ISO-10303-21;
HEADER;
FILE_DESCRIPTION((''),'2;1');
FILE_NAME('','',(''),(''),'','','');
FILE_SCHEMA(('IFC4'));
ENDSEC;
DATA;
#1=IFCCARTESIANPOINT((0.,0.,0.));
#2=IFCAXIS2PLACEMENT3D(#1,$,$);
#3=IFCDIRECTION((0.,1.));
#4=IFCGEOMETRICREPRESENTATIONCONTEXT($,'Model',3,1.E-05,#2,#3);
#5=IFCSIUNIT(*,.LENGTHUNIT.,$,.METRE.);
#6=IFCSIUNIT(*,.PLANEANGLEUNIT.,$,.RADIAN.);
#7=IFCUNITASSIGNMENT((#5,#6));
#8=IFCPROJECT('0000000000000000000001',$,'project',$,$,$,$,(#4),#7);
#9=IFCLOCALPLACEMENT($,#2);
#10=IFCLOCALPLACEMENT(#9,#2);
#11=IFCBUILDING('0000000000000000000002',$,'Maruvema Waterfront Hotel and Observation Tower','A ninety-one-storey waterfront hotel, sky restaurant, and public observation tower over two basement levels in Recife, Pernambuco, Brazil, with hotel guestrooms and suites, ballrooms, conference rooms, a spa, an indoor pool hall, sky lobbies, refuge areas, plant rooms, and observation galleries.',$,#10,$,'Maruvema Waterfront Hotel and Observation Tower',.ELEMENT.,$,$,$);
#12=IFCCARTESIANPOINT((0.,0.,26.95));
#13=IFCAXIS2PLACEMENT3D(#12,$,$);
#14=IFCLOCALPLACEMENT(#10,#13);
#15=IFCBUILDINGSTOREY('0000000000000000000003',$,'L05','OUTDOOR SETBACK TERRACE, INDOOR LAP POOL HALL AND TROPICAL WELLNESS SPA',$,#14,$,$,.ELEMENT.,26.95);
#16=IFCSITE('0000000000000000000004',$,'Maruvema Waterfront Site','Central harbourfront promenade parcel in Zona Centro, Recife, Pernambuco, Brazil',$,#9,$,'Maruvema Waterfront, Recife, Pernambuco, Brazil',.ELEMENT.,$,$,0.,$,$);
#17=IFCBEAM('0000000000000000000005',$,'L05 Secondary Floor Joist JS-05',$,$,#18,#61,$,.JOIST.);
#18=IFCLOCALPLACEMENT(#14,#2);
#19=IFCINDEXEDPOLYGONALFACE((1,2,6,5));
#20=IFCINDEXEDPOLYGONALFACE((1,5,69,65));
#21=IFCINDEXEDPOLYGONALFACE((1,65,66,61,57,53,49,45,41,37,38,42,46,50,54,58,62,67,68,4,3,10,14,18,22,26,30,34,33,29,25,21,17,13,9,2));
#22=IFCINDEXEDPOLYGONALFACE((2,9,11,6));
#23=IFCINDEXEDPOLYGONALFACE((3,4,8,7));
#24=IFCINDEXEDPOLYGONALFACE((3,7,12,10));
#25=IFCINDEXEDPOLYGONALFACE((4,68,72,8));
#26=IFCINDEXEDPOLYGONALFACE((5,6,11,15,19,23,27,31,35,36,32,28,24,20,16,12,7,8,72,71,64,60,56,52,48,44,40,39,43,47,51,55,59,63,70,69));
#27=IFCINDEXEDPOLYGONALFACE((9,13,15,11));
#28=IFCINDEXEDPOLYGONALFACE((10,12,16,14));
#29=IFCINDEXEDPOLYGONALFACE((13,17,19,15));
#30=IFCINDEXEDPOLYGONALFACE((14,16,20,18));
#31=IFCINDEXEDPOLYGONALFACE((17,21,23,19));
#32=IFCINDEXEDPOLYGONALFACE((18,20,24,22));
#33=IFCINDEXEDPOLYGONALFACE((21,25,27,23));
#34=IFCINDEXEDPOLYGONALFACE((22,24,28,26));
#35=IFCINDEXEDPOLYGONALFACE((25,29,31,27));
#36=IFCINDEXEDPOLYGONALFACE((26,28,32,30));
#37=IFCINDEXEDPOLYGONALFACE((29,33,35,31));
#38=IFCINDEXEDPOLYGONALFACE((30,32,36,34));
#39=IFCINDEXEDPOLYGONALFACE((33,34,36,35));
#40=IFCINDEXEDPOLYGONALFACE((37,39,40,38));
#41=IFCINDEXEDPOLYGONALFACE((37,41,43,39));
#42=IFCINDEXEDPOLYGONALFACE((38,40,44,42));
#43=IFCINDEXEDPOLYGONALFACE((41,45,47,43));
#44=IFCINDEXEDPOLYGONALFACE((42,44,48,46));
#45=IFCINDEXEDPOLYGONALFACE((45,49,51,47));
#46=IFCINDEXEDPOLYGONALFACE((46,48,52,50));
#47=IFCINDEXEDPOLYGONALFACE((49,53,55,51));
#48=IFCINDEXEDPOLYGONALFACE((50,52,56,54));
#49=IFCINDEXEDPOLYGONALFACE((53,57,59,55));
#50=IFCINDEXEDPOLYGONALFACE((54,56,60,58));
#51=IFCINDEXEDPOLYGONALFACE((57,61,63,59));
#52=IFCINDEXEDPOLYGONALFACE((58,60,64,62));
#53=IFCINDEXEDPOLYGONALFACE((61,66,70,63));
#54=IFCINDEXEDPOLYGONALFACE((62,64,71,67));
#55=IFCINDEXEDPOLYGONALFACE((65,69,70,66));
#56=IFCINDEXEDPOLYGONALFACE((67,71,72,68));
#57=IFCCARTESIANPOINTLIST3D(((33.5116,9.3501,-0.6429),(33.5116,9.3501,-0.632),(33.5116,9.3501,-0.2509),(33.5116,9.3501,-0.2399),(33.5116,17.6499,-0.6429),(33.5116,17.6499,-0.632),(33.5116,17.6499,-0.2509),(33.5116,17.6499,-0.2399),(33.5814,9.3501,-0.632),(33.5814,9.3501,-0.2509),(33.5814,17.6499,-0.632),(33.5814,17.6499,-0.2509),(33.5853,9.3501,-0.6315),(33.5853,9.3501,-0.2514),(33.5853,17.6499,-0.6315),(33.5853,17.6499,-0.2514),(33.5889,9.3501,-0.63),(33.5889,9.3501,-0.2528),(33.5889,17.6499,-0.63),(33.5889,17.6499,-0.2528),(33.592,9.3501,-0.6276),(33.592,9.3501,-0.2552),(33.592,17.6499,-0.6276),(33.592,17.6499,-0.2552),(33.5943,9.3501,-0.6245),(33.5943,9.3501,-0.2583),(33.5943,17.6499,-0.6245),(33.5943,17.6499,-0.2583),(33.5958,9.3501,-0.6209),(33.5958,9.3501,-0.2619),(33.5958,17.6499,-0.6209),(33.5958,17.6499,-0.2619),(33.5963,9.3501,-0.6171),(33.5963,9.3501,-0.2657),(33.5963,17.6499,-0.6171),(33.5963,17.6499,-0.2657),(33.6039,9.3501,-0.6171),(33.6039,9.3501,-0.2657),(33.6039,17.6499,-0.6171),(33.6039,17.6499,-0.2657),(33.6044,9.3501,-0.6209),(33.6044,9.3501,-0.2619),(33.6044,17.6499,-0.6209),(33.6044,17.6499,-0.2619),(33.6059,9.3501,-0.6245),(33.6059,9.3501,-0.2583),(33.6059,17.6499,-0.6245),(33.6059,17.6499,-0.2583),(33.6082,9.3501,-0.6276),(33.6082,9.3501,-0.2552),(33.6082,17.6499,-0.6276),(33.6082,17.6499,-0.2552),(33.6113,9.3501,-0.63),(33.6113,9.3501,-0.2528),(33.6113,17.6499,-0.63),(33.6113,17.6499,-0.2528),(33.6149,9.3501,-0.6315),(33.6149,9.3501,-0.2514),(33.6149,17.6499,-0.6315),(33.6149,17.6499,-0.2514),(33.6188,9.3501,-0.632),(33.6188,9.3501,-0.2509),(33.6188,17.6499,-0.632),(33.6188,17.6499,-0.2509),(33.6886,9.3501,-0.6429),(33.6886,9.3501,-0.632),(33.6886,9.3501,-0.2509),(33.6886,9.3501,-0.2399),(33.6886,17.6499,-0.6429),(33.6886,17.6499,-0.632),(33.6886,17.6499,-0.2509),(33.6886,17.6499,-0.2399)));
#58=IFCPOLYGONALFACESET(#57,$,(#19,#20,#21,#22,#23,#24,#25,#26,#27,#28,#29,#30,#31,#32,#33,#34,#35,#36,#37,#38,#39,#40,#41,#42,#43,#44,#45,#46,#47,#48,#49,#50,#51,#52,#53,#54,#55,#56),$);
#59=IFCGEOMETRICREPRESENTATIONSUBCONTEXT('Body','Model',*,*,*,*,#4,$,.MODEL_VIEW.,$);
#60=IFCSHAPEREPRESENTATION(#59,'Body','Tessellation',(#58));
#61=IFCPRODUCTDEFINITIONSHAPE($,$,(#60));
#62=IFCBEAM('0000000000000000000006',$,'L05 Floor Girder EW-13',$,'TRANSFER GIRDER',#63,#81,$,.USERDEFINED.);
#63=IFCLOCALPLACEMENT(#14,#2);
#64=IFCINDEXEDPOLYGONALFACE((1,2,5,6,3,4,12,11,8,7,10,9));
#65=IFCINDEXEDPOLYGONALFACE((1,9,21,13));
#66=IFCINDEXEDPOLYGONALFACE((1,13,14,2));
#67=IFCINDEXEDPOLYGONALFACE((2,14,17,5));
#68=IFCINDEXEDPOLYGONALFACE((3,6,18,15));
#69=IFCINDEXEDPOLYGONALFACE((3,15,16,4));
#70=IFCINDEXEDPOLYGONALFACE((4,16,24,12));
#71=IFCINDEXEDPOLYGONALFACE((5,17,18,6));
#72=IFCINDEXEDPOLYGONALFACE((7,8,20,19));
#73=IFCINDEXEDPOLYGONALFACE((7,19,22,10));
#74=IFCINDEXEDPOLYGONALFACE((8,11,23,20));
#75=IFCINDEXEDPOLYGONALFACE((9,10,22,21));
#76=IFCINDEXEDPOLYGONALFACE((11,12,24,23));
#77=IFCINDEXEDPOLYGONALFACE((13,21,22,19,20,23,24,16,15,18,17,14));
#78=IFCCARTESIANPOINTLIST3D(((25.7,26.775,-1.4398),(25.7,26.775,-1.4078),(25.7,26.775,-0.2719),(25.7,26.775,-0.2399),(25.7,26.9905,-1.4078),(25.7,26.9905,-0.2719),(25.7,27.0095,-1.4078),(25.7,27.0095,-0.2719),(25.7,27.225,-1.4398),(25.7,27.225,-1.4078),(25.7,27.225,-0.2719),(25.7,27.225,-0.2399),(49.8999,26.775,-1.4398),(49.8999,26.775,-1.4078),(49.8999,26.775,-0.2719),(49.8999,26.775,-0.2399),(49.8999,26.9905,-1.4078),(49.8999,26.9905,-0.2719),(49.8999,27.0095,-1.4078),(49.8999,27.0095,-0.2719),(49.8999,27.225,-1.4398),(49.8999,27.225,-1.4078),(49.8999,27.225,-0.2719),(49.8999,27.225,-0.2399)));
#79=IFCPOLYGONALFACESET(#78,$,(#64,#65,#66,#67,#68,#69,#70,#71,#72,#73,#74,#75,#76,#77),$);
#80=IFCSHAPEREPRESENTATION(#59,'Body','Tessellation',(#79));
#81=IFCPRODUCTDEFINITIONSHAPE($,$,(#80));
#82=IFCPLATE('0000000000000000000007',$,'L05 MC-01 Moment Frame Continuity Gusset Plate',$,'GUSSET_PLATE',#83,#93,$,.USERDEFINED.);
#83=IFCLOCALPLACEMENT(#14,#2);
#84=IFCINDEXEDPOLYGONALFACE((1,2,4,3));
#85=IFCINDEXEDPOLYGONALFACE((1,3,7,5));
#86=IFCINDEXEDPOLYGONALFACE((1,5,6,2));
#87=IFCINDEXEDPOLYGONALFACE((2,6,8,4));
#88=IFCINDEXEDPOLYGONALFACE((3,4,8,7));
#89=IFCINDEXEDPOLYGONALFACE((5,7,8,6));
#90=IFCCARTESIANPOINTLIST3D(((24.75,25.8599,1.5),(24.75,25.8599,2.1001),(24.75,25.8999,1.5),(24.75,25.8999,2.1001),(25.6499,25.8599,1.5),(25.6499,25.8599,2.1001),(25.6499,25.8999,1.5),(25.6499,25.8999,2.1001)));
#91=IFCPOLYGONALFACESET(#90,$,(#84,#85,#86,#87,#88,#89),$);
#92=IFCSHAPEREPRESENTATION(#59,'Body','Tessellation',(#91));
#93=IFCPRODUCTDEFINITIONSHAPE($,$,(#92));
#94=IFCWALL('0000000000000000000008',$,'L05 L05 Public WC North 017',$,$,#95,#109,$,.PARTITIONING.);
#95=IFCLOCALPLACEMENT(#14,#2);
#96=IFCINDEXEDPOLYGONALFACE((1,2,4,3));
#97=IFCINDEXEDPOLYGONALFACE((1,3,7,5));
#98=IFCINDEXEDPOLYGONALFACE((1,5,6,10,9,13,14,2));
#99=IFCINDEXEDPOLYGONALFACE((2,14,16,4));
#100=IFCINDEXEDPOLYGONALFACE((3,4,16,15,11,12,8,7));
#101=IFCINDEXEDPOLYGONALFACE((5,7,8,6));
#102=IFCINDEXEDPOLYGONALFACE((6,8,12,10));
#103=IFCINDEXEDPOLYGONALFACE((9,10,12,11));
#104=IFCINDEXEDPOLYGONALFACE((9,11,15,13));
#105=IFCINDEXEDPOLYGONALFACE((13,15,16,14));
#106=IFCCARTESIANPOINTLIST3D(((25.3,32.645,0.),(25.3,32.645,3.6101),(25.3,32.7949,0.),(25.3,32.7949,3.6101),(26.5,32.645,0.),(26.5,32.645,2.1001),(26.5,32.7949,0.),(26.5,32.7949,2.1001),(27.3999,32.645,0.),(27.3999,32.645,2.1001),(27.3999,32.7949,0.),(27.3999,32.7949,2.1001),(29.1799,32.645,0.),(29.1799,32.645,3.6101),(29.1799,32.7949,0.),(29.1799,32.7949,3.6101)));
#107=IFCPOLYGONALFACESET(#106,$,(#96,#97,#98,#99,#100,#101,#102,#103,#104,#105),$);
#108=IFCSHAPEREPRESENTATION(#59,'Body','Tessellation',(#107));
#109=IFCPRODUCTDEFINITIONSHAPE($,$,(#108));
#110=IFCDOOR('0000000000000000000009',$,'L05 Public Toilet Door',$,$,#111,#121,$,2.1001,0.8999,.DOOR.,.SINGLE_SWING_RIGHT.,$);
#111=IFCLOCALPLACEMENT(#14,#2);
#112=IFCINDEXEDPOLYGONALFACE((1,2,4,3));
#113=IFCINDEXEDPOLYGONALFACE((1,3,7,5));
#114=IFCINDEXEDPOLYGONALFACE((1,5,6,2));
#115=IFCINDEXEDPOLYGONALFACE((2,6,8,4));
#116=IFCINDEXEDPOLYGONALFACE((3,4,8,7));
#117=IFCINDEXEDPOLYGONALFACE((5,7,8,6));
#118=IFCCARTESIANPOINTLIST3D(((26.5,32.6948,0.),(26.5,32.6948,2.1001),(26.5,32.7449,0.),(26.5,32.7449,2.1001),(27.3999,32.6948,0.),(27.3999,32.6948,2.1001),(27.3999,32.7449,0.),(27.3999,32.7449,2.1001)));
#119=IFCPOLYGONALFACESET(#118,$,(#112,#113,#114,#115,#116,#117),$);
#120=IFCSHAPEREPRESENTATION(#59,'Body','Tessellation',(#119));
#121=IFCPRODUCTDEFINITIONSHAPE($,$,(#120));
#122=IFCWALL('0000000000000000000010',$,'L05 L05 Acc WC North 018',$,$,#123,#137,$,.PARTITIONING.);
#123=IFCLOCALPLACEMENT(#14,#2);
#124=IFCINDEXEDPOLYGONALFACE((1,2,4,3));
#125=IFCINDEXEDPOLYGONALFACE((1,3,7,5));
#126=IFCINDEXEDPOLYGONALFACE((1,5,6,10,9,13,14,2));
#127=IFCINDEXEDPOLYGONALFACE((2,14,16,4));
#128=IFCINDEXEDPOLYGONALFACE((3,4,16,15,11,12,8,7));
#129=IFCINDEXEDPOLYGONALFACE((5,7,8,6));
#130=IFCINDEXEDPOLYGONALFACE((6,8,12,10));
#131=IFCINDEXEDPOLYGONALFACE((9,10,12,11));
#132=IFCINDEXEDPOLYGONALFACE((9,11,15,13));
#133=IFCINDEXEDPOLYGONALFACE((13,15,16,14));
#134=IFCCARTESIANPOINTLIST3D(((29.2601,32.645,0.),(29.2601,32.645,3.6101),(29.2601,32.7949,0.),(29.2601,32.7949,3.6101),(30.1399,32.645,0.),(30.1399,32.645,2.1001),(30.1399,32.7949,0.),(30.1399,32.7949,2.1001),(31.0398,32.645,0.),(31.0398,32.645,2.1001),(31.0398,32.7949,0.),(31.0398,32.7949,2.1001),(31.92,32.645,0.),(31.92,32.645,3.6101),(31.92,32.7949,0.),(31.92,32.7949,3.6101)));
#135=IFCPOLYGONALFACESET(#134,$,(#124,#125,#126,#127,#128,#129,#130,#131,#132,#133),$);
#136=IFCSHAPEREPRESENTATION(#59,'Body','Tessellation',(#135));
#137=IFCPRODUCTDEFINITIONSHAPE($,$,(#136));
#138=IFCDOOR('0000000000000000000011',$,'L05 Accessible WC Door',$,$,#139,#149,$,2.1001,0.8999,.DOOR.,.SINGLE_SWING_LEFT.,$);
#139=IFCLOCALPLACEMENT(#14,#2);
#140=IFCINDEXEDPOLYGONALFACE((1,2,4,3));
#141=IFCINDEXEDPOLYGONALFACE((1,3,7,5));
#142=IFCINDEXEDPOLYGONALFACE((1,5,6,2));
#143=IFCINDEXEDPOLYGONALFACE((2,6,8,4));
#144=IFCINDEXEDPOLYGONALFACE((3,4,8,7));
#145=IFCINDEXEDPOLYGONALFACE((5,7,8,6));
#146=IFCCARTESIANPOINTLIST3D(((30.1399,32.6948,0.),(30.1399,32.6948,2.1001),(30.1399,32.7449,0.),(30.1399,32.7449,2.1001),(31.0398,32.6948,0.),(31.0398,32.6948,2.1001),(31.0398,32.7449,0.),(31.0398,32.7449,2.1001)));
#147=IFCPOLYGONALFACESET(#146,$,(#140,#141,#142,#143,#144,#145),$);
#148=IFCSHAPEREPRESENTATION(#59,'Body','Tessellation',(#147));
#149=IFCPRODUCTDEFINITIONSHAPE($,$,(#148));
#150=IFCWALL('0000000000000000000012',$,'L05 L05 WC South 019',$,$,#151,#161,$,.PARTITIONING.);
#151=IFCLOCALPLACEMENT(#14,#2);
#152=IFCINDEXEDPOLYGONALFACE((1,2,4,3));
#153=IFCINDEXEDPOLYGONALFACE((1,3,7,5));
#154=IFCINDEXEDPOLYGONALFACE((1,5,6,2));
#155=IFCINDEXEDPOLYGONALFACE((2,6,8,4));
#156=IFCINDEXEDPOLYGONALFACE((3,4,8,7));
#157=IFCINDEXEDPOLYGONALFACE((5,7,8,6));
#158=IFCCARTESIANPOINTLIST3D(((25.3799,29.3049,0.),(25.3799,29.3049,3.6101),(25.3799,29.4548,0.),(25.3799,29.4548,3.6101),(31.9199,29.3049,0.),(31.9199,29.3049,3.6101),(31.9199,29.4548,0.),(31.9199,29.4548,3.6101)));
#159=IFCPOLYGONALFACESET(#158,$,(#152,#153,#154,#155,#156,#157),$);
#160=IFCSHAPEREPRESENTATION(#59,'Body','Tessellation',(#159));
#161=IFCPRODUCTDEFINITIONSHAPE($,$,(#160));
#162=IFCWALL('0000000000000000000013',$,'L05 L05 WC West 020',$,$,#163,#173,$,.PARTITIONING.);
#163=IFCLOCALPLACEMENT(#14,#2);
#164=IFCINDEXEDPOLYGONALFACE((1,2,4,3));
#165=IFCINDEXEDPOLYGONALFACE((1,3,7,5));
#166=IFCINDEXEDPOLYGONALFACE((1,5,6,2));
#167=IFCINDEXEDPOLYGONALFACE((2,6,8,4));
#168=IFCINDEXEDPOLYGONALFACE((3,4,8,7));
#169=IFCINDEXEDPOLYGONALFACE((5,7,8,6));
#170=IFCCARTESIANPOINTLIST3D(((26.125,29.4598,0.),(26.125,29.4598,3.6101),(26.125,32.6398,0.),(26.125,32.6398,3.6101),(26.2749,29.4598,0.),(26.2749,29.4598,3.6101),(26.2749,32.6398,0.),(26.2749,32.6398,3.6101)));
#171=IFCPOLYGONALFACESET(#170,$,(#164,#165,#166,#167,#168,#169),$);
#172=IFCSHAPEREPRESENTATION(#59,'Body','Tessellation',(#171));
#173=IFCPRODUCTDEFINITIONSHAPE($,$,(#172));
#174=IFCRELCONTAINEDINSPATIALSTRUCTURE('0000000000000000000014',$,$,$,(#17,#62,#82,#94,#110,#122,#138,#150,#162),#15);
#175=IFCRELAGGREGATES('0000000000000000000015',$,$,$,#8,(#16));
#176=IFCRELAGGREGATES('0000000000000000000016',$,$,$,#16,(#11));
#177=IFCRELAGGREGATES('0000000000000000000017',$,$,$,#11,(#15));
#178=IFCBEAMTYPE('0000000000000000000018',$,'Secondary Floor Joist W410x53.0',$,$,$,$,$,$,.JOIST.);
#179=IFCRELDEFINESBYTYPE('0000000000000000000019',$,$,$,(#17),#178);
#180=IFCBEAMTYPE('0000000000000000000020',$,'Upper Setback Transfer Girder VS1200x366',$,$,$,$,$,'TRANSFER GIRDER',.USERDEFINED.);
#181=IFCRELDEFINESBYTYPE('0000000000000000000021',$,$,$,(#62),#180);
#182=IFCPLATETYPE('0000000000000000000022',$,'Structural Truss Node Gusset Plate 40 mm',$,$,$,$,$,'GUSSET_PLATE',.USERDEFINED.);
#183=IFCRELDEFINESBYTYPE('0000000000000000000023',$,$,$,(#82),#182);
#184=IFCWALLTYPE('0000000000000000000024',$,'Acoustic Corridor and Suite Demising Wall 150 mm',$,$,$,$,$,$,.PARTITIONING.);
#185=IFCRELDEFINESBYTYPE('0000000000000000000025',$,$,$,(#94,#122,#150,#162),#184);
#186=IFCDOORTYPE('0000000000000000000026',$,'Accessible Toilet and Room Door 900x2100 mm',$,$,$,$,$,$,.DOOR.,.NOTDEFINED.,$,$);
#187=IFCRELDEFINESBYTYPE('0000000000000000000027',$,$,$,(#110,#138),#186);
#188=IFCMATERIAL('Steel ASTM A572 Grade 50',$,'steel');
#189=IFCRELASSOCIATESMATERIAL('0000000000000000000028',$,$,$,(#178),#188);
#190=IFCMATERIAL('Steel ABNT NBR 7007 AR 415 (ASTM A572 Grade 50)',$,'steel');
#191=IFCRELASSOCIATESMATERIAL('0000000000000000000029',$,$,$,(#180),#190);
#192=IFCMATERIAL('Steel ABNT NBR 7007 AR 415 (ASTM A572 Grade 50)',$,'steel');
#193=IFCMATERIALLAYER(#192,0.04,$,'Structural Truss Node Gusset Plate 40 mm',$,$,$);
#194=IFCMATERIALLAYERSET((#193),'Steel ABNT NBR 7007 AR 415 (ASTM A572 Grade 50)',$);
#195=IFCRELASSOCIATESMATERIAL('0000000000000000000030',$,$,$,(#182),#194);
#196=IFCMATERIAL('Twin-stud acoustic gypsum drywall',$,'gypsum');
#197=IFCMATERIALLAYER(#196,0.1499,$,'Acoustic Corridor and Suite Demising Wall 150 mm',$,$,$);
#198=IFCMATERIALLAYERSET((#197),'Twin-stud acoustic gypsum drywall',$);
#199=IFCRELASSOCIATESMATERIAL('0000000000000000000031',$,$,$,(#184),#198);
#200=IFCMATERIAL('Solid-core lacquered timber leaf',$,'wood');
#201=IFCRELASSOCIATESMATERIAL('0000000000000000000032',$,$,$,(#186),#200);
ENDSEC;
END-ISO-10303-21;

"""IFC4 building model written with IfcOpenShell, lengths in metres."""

from ifc_helpers import new_model, si_unit, direction, frame, frame_2d, origin, origin_2d, place, context, subcontext, project, spatial, rectangle, i_section, extrude, material, layer, layer_set, material_profile, profile_set, type_object, element, fill, save


model = new_model("IFC4")

# Units and contexts
model_context = context("Model", 3, precision=1e-05, world=origin(), true_north=direction((0.0, 1.0)))
body_context = subcontext(model_context, "Body", "Model", "MODEL_VIEW")
ifc_project = project(units=[si_unit("LENGTHUNIT", "METRE"), si_unit("PLANEANGLEUNIT", "RADIAN")], contexts=[model_context])

# Site, building, storey
site_placement = place(None, origin())
site = spatial("IfcSite", under=ifc_project, at=site_placement, Name="Maruvema Waterfront Site", Description="Central harbourfront promenade parcel in Zona Centro, Recife, Pernambuco, Brazil", LongName="Maruvema Waterfront, Recife, Pernambuco, Brazil", CompositionType="ELEMENT", RefElevation=0.0)
building_placement = place(site_placement, origin())
building = spatial("IfcBuilding", under=site, at=building_placement, Name="Maruvema Waterfront Hotel and Observation Tower", Description="A ninety-one-storey waterfront hotel, sky restaurant, and public observation tower over two basement levels in Recife, Pernambuco, Brazil, with hotel guestrooms and suites, ballrooms, conference rooms, a spa, an indoor pool hall, sky lobbies, refuge areas, plant rooms, and observation galleries.", LongName="Maruvema Waterfront Hotel and Observation Tower", CompositionType="ELEMENT")
storey_placement = place(building_placement, frame((0.0, 0.0, 26.95)))
storey = spatial("IfcBuildingStorey", under=building, at=storey_placement, Name="L05", Description="OUTDOOR SETBACK TERRACE, INDOOR LAP POOL HALL AND TROPICAL WELLNESS SPA", CompositionType="ELEMENT", Elevation=26.95)

# Beams
ifc_material_1 = material(Name="Steel ASTM A572 Grade 50", Category="steel")
ifc_material_profile_1 = material_profile(ifc_material_1, i_section(OverallWidth=0.177, OverallDepth=0.4031, WebThickness=0.0076, FlangeThickness=0.011, FilletRadius=0.0149, at=origin_2d()), Name="W410x53.0")
ifc_profile_set_1 = profile_set([ifc_material_profile_1], Name="Steel ASTM A572 Grade 50")
beam_type_1 = type_object("IfcBeamType", Name="Secondary Floor Joist W410x53.0", PredefinedType="JOIST", material=ifc_profile_set_1)
beam_1_placement = place(storey_placement, frame((33.6001, 9.3501, -0.4414), z_axis=(0.0, 1.0, 0.0), x_axis=(-1.0, 0.0, 0.0)))
element("IfcBeam", 1, at=beam_1_placement, inside=storey, type_object=beam_type_1, Name="L05 Secondary Floor Joist JS-05", PredefinedType="JOIST", context=body_context, shape_type="SweptSolid", body=[
    extrude(i_section(OverallWidth=0.177, OverallDepth=0.4031, WebThickness=0.0076, FlangeThickness=0.011, FilletRadius=0.0149, at=origin_2d()), origin(), (0.0, 0.0, 1.0), 8.2998),
])
ifc_material_2 = material(Name="Steel ABNT NBR 7007 AR 415 (ASTM A572 Grade 50)", Category="steel")
ifc_material_profile_2 = material_profile(ifc_material_2, i_section(OverallWidth=0.45, OverallDepth=1.2, WebThickness=0.019, FlangeThickness=0.032, at=origin_2d()), Name="VS1200x366")
ifc_profile_set_2 = profile_set([ifc_material_profile_2], Name="Steel ABNT NBR 7007 AR 415 (ASTM A572 Grade 50)")
beam_type_2 = type_object("IfcBeamType", Name="Upper Setback Transfer Girder VS1200x366", ElementType="TRANSFER GIRDER", PredefinedType="USERDEFINED", material=ifc_profile_set_2)
beam_2_placement = place(storey_placement, frame((25.7, 27.0, -0.8398), z_axis=(1.0, 0.0, 0.0), x_axis=(0.0, 1.0, 0.0)))
element("IfcBeam", 2, at=beam_2_placement, inside=storey, type_object=beam_type_2, Name="L05 Floor Girder EW-13", ObjectType="TRANSFER GIRDER", PredefinedType="USERDEFINED", context=body_context, shape_type="SweptSolid", body=[
    extrude(i_section(OverallWidth=0.45, OverallDepth=1.2, WebThickness=0.019, FlangeThickness=0.032, at=origin_2d()), origin(), (0.0, 0.0, 1.0), 24.2),
])

# Plate
ifc_material_3 = material(Name="Steel ABNT NBR 7007 AR 415 (ASTM A572 Grade 50)", Category="steel")
ifc_layer_1 = layer(ifc_material_3, 0.04, Name="Structural Truss Node Gusset Plate 40 mm")
ifc_layer_set_1 = layer_set([ifc_layer_1], Name="Steel ABNT NBR 7007 AR 415 (ASTM A572 Grade 50)")
plate_type = type_object("IfcPlateType", Name="Structural Truss Node Gusset Plate 40 mm", ElementType="GUSSET_PLATE", PredefinedType="USERDEFINED", material=ifc_layer_set_1)
plate_placement = place(storey_placement, frame((25.2, 25.8799, 1.5), z_axis=(0.0, 0.0, 1.0), x_axis=(1.0, 0.0, 0.0)))
element("IfcPlate", 3, at=plate_placement, inside=storey, type_object=plate_type, Name="L05 MC-01 Moment Frame Continuity Gusset Plate", ObjectType="GUSSET_PLATE", PredefinedType="USERDEFINED", context=body_context, shape_type="SweptSolid", body=[
    extrude(rectangle(XDim=0.8999, YDim=0.04, at=origin_2d()), origin(), (0.0, 0.0, 1.0), 0.6001),
])

# Walls, openings, doors
ifc_material_4 = material(Name="Twin-stud acoustic gypsum drywall", Category="gypsum")
ifc_layer_2 = layer(ifc_material_4, 0.1499, Name="Acoustic Corridor and Suite Demising Wall 150 mm")
ifc_layer_set_2 = layer_set([ifc_layer_2], Name="Twin-stud acoustic gypsum drywall")
wall_type_1 = type_object("IfcWallType", Name="Acoustic Corridor and Suite Demising Wall 150 mm", PredefinedType="PARTITIONING", material=ifc_layer_set_2)
wall_1_placement = place(storey_placement, frame((25.3, 32.72, 0.0), z_axis=(0.0, 0.0, 1.0), x_axis=(1.0, 0.0, 0.0)))
wall_1 = element("IfcWall", 4, at=wall_1_placement, inside=storey, type_object=wall_type_1, Name="L05 L05 Public WC North 017", PredefinedType="PARTITIONING", context=body_context, shape_type="SweptSolid", body=[
    extrude(rectangle(XDim=3.8799, YDim=0.1499, at=frame_2d((1.9399, 0.0))), origin(), (0.0, 0.0, 1.0), 3.6101),
])
opening_1_placement = place(wall_1_placement, frame((1.2, 0.0, 0.0)))
opening_1 = element("IfcOpeningElement", 5, at=opening_1_placement, cuts=wall_1, PredefinedType="OPENING", context=body_context, shape_type="SweptSolid", body=[
    extrude(rectangle(XDim=0.8999, YDim=2.1001, at=frame_2d((0.45, 1.05))), frame((0.0, 0.085, 0.0), z_axis=(0.0, -1.0, 0.0), x_axis=(1.0, 0.0, 0.0)), (0.0, 0.0, 1.0), 0.1699),
])
ifc_material_5 = material(Name="Solid-core lacquered timber leaf", Category="wood")
door_type_1 = type_object("IfcDoorType", Name="Accessible Toilet and Room Door 900x2100 mm", OperationType="NOTDEFINED", PredefinedType="DOOR", material=ifc_material_5)
door_1_placement = place(opening_1_placement, origin())
door_1 = element("IfcDoor", 6, at=door_1_placement, inside=storey, type_object=door_type_1, Name="L05 Public Toilet Door", OperationType="SINGLE_SWING_RIGHT", OverallHeight=2.1001, OverallWidth=0.8999, PredefinedType="DOOR", context=body_context, shape_type="SweptSolid", body=[
    extrude(rectangle(XDim=0.8999, YDim=2.1001, at=frame_2d((0.45, 1.05))), frame((0.0, 0.0249, 0.0), z_axis=(0.0, -1.0, 0.0), x_axis=(1.0, 0.0, 0.0)), (0.0, 0.0, 1.0), 0.05),
])
fill(opening_1, door_1)
wall_2_placement = place(storey_placement, frame((29.26, 32.72, 0.0), z_axis=(0.0, 0.0, 1.0), x_axis=(1.0, 0.0, 0.0)))
wall_2 = element("IfcWall", 7, at=wall_2_placement, inside=storey, type_object=wall_type_1, Name="L05 L05 Acc WC North 018", PredefinedType="PARTITIONING", context=body_context, shape_type="SweptSolid", body=[
    extrude(rectangle(XDim=2.6599, YDim=0.1499, at=frame_2d((1.3301, 0.0))), origin(), (0.0, 0.0, 1.0), 3.6101),
])
opening_2_placement = place(wall_2_placement, frame((0.8799, 0.0, 0.0)))
opening_2 = element("IfcOpeningElement", 8, at=opening_2_placement, cuts=wall_2, PredefinedType="OPENING", context=body_context, shape_type="SweptSolid", body=[
    extrude(rectangle(XDim=0.8999, YDim=2.1001, at=frame_2d((0.45, 1.05))), frame((0.0, 0.085, 0.0), z_axis=(0.0, -1.0, 0.0), x_axis=(1.0, 0.0, 0.0)), (0.0, 0.0, 1.0), 0.1699),
])
door_2_placement = place(opening_2_placement, origin())
door_2 = element("IfcDoor", 9, at=door_2_placement, inside=storey, type_object=door_type_1, Name="L05 Accessible WC Door", OperationType="SINGLE_SWING_LEFT", OverallHeight=2.1001, OverallWidth=0.8999, PredefinedType="DOOR", context=body_context, shape_type="SweptSolid", body=[
    extrude(rectangle(XDim=0.8999, YDim=2.1001, at=frame_2d((0.45, 1.05))), frame((0.0, 0.0249, 0.0), z_axis=(0.0, -1.0, 0.0), x_axis=(1.0, 0.0, 0.0)), (0.0, 0.0, 1.0), 0.05),
])
fill(opening_2, door_2)

# Walls
wall_3_placement = place(storey_placement, frame((25.3799, 29.3799, 0.0), z_axis=(0.0, 0.0, 1.0), x_axis=(1.0, 0.0, 0.0)))
element("IfcWall", 10, at=wall_3_placement, inside=storey, type_object=wall_type_1, Name="L05 L05 WC South 019", PredefinedType="PARTITIONING", context=body_context, shape_type="SweptSolid", body=[
    extrude(rectangle(XDim=6.54, YDim=0.1499, at=frame_2d((3.27, 0.0))), origin(), (0.0, 0.0, 1.0), 3.6101),
])
wall_4_placement = place(storey_placement, frame((26.2, 29.46, 0.0), z_axis=(0.0, 0.0, 1.0), x_axis=(0.0, 1.0, 0.0)))
element("IfcWall", 11, at=wall_4_placement, inside=storey, type_object=wall_type_1, Name="L05 L05 WC West 020", PredefinedType="PARTITIONING", context=body_context, shape_type="SweptSolid", body=[
    extrude(rectangle(XDim=3.1799, YDim=0.1499, at=frame_2d((1.5898, 0.0))), origin(), (0.0, 0.0, 1.0), 3.6101),
])

save(model, "model.ifc")
